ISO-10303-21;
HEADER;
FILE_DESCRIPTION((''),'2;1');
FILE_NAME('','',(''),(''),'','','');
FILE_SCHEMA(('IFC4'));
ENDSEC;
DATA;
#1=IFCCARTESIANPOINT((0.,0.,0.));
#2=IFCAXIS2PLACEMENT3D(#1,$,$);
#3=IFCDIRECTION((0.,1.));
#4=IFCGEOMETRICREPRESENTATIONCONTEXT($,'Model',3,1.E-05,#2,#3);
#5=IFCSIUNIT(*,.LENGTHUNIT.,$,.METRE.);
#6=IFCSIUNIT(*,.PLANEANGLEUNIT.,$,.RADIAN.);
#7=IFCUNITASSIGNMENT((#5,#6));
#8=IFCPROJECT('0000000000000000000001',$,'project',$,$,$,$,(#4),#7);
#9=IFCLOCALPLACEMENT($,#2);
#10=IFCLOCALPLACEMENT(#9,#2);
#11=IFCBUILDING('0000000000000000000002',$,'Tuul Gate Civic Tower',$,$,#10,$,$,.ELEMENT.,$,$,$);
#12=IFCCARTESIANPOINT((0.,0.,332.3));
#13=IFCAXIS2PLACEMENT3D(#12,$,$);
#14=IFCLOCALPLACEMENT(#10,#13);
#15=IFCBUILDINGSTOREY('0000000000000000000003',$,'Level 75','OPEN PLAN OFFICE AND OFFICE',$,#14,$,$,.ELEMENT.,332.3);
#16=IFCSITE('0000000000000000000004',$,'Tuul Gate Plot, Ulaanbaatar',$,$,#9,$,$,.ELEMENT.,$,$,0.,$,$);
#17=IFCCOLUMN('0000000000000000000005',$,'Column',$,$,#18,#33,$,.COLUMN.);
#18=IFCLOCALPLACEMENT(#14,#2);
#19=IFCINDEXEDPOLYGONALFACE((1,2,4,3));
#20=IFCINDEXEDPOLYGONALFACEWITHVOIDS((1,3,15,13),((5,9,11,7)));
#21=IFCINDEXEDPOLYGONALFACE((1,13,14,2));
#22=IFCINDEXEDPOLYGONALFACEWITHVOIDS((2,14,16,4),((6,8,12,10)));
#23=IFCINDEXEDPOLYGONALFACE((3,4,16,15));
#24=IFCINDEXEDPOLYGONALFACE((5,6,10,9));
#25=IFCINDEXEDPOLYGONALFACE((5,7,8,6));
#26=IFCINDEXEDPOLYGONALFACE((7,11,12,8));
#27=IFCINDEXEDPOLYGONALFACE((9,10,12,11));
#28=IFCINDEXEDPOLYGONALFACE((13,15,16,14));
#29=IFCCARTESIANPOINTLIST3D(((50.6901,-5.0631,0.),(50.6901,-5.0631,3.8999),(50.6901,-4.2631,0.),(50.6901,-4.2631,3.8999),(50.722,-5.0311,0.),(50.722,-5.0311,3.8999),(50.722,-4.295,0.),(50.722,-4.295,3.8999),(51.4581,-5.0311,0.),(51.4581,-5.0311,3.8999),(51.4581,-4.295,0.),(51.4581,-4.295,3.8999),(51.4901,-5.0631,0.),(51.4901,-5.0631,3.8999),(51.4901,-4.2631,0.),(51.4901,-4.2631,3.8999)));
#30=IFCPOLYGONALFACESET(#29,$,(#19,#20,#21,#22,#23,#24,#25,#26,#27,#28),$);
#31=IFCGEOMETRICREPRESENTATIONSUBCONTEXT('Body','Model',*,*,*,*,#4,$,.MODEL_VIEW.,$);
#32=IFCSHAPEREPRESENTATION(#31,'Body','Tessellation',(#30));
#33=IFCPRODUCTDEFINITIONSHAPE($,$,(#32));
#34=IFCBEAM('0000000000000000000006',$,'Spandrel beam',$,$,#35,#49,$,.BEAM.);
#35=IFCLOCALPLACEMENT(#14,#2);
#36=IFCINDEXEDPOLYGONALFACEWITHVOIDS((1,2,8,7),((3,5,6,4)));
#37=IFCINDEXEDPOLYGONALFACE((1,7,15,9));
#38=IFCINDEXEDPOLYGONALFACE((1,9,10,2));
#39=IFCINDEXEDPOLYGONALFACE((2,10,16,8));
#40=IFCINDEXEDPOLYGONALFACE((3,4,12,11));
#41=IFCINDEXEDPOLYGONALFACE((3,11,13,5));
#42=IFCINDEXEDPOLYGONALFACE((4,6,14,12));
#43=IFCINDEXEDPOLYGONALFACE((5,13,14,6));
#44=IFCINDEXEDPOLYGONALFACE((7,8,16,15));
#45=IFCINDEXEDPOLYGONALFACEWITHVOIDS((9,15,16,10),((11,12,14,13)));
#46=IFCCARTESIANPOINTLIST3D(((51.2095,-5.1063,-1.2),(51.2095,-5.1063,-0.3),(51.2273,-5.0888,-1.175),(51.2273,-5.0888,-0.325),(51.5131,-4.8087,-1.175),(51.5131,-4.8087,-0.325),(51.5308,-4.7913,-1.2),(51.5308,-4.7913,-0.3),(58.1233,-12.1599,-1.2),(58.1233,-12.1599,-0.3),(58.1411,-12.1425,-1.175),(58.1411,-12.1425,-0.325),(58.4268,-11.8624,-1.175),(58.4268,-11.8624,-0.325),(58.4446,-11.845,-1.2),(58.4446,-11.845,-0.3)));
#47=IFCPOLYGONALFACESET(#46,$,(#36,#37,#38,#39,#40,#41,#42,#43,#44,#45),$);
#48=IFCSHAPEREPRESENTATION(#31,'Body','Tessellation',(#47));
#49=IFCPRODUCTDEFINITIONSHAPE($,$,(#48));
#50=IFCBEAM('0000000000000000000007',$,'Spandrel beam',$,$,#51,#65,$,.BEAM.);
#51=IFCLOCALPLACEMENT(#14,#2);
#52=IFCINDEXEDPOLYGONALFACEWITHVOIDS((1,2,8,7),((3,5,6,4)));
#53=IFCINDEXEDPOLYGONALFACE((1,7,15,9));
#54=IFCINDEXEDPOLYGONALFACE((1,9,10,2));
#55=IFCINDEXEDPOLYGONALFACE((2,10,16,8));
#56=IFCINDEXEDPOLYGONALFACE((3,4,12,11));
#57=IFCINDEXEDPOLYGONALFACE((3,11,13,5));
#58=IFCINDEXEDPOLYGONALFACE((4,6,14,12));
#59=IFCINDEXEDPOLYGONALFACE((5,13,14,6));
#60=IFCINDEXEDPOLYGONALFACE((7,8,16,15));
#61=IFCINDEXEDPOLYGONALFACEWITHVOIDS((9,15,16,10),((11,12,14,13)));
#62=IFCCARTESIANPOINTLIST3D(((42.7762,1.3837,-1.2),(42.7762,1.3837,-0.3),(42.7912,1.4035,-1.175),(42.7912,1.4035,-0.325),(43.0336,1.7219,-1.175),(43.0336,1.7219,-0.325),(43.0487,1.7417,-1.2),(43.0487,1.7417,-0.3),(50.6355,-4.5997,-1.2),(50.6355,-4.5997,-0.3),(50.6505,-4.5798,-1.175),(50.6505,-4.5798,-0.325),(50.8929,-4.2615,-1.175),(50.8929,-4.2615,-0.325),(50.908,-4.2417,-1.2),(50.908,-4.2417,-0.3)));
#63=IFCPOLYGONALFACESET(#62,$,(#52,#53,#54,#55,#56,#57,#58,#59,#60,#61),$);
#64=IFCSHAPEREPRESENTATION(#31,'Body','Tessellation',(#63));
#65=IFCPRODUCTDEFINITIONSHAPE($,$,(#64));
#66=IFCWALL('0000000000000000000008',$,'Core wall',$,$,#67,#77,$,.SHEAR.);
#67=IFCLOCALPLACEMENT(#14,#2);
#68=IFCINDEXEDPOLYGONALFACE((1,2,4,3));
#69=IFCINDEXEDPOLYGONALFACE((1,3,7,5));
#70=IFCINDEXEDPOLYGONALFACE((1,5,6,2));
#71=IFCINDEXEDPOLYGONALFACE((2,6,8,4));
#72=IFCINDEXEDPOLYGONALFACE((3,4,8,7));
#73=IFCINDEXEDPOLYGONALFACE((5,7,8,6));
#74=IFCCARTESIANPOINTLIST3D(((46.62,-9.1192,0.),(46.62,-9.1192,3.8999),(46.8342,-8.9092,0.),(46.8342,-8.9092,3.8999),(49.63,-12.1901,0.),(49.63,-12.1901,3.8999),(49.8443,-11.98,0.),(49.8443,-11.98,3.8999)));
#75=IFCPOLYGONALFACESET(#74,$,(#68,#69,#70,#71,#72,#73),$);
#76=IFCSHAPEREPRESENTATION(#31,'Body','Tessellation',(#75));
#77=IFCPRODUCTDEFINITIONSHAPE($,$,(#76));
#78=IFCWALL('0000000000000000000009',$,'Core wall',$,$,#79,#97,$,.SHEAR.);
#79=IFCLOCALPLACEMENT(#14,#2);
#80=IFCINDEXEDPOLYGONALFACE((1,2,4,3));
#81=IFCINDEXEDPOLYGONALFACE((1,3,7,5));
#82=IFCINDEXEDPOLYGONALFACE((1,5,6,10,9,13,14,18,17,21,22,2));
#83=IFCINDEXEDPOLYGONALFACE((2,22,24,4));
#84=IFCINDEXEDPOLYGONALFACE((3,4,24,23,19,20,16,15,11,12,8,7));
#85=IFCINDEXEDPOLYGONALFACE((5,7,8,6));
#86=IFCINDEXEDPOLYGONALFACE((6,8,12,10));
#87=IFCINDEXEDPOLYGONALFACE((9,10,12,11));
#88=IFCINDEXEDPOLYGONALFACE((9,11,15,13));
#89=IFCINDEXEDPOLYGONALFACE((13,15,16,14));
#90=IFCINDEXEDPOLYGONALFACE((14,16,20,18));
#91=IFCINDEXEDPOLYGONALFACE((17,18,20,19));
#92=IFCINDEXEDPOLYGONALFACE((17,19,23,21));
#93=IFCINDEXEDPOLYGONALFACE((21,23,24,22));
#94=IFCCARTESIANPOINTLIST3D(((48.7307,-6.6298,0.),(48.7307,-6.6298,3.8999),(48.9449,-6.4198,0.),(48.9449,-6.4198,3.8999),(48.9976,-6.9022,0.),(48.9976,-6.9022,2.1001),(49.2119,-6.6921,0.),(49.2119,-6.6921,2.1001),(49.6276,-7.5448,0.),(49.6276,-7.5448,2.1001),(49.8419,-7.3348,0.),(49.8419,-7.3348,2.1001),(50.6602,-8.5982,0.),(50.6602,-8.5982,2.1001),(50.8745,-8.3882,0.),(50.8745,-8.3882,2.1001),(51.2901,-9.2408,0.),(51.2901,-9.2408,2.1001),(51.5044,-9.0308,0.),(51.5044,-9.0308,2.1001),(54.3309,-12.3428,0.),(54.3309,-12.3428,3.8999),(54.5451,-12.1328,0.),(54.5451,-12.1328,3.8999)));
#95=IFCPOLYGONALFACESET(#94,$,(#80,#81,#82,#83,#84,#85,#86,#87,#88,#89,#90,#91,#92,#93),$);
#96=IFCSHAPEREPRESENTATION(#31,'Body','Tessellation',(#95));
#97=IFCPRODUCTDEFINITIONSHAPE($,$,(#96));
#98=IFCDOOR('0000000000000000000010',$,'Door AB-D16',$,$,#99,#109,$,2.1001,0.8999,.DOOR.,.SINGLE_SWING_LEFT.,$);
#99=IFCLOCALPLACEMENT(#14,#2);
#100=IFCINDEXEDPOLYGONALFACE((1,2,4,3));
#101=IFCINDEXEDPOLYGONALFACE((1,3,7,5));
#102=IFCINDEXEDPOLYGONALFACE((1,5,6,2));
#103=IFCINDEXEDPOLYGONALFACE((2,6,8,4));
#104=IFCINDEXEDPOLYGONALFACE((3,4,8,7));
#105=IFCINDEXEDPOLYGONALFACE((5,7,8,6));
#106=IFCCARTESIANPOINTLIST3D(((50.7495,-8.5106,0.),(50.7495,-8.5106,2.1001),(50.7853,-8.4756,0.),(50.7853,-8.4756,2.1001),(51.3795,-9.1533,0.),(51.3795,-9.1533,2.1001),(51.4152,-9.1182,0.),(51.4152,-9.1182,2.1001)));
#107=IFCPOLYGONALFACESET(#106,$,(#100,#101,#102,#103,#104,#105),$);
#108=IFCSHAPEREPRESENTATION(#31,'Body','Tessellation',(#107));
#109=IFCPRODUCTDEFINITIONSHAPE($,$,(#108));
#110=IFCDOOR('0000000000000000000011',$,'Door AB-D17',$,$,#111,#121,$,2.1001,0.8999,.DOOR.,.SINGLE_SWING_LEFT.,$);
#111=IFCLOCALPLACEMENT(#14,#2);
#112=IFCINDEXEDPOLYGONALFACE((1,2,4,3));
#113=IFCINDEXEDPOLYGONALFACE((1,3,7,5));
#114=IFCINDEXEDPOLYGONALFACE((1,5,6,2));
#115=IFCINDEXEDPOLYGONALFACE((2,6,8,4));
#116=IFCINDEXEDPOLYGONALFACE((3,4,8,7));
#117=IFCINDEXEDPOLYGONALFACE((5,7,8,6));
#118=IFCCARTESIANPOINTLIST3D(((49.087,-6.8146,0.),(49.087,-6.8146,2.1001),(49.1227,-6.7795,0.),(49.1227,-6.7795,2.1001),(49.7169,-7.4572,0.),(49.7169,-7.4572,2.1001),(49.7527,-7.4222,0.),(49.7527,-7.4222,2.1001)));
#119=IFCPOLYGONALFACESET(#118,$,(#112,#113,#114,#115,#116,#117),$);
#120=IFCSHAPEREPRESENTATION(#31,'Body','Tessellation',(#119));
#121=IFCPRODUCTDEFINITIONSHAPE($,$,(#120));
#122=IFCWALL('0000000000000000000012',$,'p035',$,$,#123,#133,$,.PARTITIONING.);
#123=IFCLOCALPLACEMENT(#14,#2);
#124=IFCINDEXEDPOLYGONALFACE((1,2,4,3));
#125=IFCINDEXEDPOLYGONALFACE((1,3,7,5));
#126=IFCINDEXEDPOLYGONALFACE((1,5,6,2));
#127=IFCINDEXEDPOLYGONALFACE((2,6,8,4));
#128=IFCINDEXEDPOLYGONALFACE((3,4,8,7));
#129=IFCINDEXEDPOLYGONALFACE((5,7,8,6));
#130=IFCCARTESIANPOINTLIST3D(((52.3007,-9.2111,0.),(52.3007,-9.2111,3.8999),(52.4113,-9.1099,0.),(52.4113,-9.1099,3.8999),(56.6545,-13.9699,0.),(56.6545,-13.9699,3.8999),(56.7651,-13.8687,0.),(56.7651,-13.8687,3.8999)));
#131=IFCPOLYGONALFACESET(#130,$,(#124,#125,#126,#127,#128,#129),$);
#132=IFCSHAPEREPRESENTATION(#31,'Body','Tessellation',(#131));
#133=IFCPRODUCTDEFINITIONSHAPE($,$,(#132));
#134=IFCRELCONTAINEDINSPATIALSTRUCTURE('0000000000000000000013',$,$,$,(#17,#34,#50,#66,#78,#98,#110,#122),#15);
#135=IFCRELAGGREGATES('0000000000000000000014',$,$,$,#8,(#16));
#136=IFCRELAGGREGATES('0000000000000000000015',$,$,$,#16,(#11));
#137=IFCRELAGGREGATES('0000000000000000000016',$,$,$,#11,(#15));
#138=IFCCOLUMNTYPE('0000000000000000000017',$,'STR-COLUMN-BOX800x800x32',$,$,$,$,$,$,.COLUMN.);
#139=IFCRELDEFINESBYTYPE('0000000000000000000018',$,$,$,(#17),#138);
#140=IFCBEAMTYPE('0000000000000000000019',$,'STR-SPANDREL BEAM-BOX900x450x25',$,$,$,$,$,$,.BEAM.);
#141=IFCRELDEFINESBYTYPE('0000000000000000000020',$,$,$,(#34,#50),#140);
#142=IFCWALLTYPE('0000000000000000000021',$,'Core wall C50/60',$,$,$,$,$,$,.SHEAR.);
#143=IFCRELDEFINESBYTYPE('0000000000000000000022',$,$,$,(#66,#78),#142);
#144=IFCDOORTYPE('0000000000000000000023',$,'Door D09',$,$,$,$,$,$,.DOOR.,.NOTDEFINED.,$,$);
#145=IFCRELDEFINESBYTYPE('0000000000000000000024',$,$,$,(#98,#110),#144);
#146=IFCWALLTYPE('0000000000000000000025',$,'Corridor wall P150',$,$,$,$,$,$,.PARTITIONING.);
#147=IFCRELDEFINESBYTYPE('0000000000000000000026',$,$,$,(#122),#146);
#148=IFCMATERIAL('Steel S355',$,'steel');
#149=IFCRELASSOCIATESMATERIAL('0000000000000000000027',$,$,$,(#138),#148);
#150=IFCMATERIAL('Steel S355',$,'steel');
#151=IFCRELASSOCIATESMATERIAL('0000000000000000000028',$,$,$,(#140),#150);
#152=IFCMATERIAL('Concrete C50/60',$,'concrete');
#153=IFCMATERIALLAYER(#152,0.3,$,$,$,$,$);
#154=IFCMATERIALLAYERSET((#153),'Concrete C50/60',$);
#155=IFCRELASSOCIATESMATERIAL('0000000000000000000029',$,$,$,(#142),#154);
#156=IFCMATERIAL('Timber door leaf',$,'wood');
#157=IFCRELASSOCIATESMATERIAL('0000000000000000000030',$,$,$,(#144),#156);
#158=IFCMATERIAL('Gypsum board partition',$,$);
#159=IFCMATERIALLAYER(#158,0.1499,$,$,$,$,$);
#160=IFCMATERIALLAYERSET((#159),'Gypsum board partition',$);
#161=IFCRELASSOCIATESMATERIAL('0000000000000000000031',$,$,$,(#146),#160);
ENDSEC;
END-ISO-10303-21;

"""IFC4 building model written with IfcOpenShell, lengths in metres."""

from ifc_helpers import new_model, si_unit, direction, frame, frame_2d, origin, origin_2d, place, context, subcontext, project, spatial, rectangle, hollow_rectangle, extrude, material, layer, layer_set, material_profile, profile_set, type_object, element, fill, save


model = new_model("IFC4")

# Units and contexts
model_context = context("Model", 3, precision=1e-05, world=origin(), true_north=direction((0.0, 1.0)))
body_context = subcontext(model_context, "Body", "Model", "MODEL_VIEW")
ifc_project = project(units=[si_unit("LENGTHUNIT", "METRE"), si_unit("PLANEANGLEUNIT", "RADIAN")], contexts=[model_context])

# Site, building, storey
site_placement = place(None, origin())
site = spatial("IfcSite", under=ifc_project, at=site_placement, Name="Tuul Gate Plot, Ulaanbaatar", CompositionType="ELEMENT", RefElevation=0.0)
building_placement = place(site_placement, origin())
building = spatial("IfcBuilding", under=site, at=building_placement, Name="Tuul Gate Civic Tower", CompositionType="ELEMENT")
storey_placement = place(building_placement, frame((0.0, 0.0, 332.3)))
storey = spatial("IfcBuildingStorey", under=building, at=storey_placement, Name="Level 75", Description="OPEN PLAN OFFICE AND OFFICE", CompositionType="ELEMENT", Elevation=332.3)

# Column
ifc_material_1 = material(Name="Steel S355", Category="steel")
ifc_material_profile_1 = material_profile(ifc_material_1, hollow_rectangle(XDim=0.8, YDim=0.8, WallThickness=0.032, at=origin_2d()), Name="BOX800x800x32")
ifc_profile_set_1 = profile_set([ifc_material_profile_1], Name="Steel S355")
column_type = type_object("IfcColumnType", Name="STR-COLUMN-BOX800x800x32", PredefinedType="COLUMN", material=ifc_profile_set_1)
column_placement = place(storey_placement, frame((51.0901, -4.6631, 0.0), z_axis=(0.0, 0.0, 1.0), x_axis=(1.0, 0.0, 0.0)))
element("IfcColumn", 1, at=column_placement, inside=storey, type_object=column_type, Name="Column", PredefinedType="COLUMN", context=body_context, shape_type="SweptSolid", body=[
    extrude(hollow_rectangle(XDim=0.8, YDim=0.8, WallThickness=0.032, at=origin_2d()), origin(), (0.0, 0.0, 1.0), 3.8999),
])

# Beams
ifc_material_2 = material(Name="Steel S355", Category="steel")
ifc_material_profile_2 = material_profile(ifc_material_2, hollow_rectangle(XDim=0.45, YDim=0.8999, WallThickness=0.0249, at=origin_2d()), Name="BOX900x450x25")
ifc_profile_set_2 = profile_set([ifc_material_profile_2], Name="Steel S355")
beam_type = type_object("IfcBeamType", Name="STR-SPANDREL BEAM-BOX900x450x25", PredefinedType="BEAM", material=ifc_profile_set_2)
beam_1_placement = place(storey_placement, frame((58.2839, -12.0024, -0.75), z_axis=(-0.69999, 0.714153, 0.0), x_axis=(-0.714153, -0.69999, 0.0)))
element("IfcBeam", 2, at=beam_1_placement, inside=storey, type_object=beam_type, Name="Spandrel beam", PredefinedType="BEAM", context=body_context, shape_type="SweptSolid", body=[
    extrude(hollow_rectangle(XDim=0.45, YDim=0.8999, WallThickness=0.0249, at=origin_2d()), origin(), (0.0, 0.0, 1.0), 9.877),
])
beam_2_placement = place(storey_placement, frame((50.7717, -4.4207, -0.75), z_axis=(-0.795661, 0.605742, 0.0), x_axis=(-0.605742, -0.795661, 0.0)))
element("IfcBeam", 3, at=beam_2_placement, inside=storey, type_object=beam_type, Name="Spandrel beam", PredefinedType="BEAM", context=body_context, shape_type="SweptSolid", body=[
    extrude(hollow_rectangle(XDim=0.45, YDim=0.8999, WallThickness=0.0249, at=origin_2d()), origin(), (0.0, 0.0, 1.0), 9.8777),
])

# Wall
ifc_material_3 = material(Name="Concrete C50/60", Category="concrete")
ifc_layer_1 = layer(ifc_material_3, 0.3)
ifc_layer_set_1 = layer_set([ifc_layer_1], Name="Concrete C50/60")
wall_type_1 = type_object("IfcWallType", Name="Core wall C50/60", PredefinedType="SHEAR", material=ifc_layer_set_1)
wall_1_placement = place(storey_placement, frame((49.7371, -12.085, 0.0), z_axis=(0.0, 0.0, 1.0), x_axis=(-0.700003, 0.71414, 0.0)))
element("IfcWall", 4, at=wall_1_placement, inside=storey, type_object=wall_type_1, Name="Core wall", PredefinedType="SHEAR", context=body_context, shape_type="SweptSolid", body=[
    extrude(rectangle(XDim=4.3, YDim=0.3, at=frame_2d((2.1499, 0.0))), origin(), (0.0, 0.0, 1.0), 3.8999),
])

# Wall, openings, doors
wall_2_placement = place(storey_placement, frame((54.438, -12.2378, 0.0), z_axis=(0.0, 0.0, 1.0), x_axis=(-0.700022, 0.714121, 0.0)))
wall_2 = element("IfcWall", 5, at=wall_2_placement, inside=storey, type_object=wall_type_1, Name="Core wall", PredefinedType="SHEAR", context=body_context, shape_type="SweptSolid", body=[
    extrude(rectangle(XDim=8.0, YDim=0.3, at=frame_2d((4.0, 0.0))), origin(), (0.0, 0.0, 1.0), 3.8999),
])
opening_1_placement = place(wall_2_placement, frame((4.3438, 0.0, 0.0)))
opening_1 = element("IfcOpeningElement", 6, at=opening_1_placement, cuts=wall_2, PredefinedType="OPENING", context=body_context, shape_type="SweptSolid", body=[
    extrude(rectangle(XDim=0.8999, YDim=2.1001, at=frame_2d((0.45, 1.05))), frame((0.0, 0.1602, 0.0), z_axis=(0.0, -1.0, 0.0), x_axis=(1.0, 0.0, 0.0)), (0.0, 0.0, 1.0), 0.3201),
])
opening_2_placement = place(wall_2_placement, frame((6.7188, 0.0, 0.0)))
opening_2 = element("IfcOpeningElement", 7, at=opening_2_placement, cuts=wall_2, PredefinedType="OPENING", context=body_context, shape_type="SweptSolid", body=[
    extrude(rectangle(XDim=0.8999, YDim=2.1001, at=frame_2d((0.45, 1.05))), frame((0.0, 0.1602, 0.0), z_axis=(0.0, -1.0, 0.0), x_axis=(1.0, 0.0, 0.0)), (0.0, 0.0, 1.0), 0.3201),
])
ifc_material_4 = material(Name="Timber door leaf", Category="wood")
door_type = type_object("IfcDoorType", Name="Door D09", OperationType="NOTDEFINED", PredefinedType="DOOR", material=ifc_material_4)
door_1_placement = place(opening_1_placement, origin())
door_1 = element("IfcDoor", 8, at=door_1_placement, inside=storey, type_object=door_type, Name="Door AB-D16", OperationType="SINGLE_SWING_LEFT", OverallHeight=2.1001, OverallWidth=0.8999, PredefinedType="DOOR", context=body_context, shape_type="SweptSolid", body=[
    extrude(rectangle(XDim=0.8999, YDim=2.1001, at=frame_2d((0.45, 1.05))), frame((0.0, 0.0249, 0.0), z_axis=(0.0, -1.0, 0.0), x_axis=(1.0, 0.0, 0.0)), (0.0, 0.0, 1.0), 0.05),
])
fill(opening_1, door_1)
door_2_placement = place(opening_2_placement, origin())
door_2 = element("IfcDoor", 9, at=door_2_placement, inside=storey, type_object=door_type, Name="Door AB-D17", OperationType="SINGLE_SWING_LEFT", OverallHeight=2.1001, OverallWidth=0.8999, PredefinedType="DOOR", context=body_context, shape_type="SweptSolid", body=[
    extrude(rectangle(XDim=0.8999, YDim=2.1001, at=frame_2d((0.45, 1.05))), frame((0.0, 0.0249, 0.0), z_axis=(0.0, -1.0, 0.0), x_axis=(1.0, 0.0, 0.0)), (0.0, 0.0, 1.0), 0.05),
])
fill(opening_2, door_2)

# Wall
ifc_material_5 = material(Name="Gypsum board partition")
ifc_layer_2 = layer(ifc_material_5, 0.1499)
ifc_layer_set_2 = layer_set([ifc_layer_2], Name="Gypsum board partition")
wall_type_2 = type_object("IfcWallType", Name="Corridor wall P150", PredefinedType="PARTITIONING", material=ifc_layer_set_2)
wall_3_placement = place(storey_placement, frame((52.356, -9.1604, 0.0), z_axis=(0.0, 0.0, 1.0), x_axis=(0.675011, -0.737807, 0.0)))
element("IfcWall", 10, at=wall_3_placement, inside=storey, type_object=wall_type_2, Name="p035", PredefinedType="PARTITIONING", context=body_context, shape_type="SweptSolid", body=[
    extrude(rectangle(XDim=6.45, YDim=0.1499, at=frame_2d((3.2251, 0.0))), origin(), (0.0, 0.0, 1.0), 3.8999),
])

save(model, "model.ifc")
